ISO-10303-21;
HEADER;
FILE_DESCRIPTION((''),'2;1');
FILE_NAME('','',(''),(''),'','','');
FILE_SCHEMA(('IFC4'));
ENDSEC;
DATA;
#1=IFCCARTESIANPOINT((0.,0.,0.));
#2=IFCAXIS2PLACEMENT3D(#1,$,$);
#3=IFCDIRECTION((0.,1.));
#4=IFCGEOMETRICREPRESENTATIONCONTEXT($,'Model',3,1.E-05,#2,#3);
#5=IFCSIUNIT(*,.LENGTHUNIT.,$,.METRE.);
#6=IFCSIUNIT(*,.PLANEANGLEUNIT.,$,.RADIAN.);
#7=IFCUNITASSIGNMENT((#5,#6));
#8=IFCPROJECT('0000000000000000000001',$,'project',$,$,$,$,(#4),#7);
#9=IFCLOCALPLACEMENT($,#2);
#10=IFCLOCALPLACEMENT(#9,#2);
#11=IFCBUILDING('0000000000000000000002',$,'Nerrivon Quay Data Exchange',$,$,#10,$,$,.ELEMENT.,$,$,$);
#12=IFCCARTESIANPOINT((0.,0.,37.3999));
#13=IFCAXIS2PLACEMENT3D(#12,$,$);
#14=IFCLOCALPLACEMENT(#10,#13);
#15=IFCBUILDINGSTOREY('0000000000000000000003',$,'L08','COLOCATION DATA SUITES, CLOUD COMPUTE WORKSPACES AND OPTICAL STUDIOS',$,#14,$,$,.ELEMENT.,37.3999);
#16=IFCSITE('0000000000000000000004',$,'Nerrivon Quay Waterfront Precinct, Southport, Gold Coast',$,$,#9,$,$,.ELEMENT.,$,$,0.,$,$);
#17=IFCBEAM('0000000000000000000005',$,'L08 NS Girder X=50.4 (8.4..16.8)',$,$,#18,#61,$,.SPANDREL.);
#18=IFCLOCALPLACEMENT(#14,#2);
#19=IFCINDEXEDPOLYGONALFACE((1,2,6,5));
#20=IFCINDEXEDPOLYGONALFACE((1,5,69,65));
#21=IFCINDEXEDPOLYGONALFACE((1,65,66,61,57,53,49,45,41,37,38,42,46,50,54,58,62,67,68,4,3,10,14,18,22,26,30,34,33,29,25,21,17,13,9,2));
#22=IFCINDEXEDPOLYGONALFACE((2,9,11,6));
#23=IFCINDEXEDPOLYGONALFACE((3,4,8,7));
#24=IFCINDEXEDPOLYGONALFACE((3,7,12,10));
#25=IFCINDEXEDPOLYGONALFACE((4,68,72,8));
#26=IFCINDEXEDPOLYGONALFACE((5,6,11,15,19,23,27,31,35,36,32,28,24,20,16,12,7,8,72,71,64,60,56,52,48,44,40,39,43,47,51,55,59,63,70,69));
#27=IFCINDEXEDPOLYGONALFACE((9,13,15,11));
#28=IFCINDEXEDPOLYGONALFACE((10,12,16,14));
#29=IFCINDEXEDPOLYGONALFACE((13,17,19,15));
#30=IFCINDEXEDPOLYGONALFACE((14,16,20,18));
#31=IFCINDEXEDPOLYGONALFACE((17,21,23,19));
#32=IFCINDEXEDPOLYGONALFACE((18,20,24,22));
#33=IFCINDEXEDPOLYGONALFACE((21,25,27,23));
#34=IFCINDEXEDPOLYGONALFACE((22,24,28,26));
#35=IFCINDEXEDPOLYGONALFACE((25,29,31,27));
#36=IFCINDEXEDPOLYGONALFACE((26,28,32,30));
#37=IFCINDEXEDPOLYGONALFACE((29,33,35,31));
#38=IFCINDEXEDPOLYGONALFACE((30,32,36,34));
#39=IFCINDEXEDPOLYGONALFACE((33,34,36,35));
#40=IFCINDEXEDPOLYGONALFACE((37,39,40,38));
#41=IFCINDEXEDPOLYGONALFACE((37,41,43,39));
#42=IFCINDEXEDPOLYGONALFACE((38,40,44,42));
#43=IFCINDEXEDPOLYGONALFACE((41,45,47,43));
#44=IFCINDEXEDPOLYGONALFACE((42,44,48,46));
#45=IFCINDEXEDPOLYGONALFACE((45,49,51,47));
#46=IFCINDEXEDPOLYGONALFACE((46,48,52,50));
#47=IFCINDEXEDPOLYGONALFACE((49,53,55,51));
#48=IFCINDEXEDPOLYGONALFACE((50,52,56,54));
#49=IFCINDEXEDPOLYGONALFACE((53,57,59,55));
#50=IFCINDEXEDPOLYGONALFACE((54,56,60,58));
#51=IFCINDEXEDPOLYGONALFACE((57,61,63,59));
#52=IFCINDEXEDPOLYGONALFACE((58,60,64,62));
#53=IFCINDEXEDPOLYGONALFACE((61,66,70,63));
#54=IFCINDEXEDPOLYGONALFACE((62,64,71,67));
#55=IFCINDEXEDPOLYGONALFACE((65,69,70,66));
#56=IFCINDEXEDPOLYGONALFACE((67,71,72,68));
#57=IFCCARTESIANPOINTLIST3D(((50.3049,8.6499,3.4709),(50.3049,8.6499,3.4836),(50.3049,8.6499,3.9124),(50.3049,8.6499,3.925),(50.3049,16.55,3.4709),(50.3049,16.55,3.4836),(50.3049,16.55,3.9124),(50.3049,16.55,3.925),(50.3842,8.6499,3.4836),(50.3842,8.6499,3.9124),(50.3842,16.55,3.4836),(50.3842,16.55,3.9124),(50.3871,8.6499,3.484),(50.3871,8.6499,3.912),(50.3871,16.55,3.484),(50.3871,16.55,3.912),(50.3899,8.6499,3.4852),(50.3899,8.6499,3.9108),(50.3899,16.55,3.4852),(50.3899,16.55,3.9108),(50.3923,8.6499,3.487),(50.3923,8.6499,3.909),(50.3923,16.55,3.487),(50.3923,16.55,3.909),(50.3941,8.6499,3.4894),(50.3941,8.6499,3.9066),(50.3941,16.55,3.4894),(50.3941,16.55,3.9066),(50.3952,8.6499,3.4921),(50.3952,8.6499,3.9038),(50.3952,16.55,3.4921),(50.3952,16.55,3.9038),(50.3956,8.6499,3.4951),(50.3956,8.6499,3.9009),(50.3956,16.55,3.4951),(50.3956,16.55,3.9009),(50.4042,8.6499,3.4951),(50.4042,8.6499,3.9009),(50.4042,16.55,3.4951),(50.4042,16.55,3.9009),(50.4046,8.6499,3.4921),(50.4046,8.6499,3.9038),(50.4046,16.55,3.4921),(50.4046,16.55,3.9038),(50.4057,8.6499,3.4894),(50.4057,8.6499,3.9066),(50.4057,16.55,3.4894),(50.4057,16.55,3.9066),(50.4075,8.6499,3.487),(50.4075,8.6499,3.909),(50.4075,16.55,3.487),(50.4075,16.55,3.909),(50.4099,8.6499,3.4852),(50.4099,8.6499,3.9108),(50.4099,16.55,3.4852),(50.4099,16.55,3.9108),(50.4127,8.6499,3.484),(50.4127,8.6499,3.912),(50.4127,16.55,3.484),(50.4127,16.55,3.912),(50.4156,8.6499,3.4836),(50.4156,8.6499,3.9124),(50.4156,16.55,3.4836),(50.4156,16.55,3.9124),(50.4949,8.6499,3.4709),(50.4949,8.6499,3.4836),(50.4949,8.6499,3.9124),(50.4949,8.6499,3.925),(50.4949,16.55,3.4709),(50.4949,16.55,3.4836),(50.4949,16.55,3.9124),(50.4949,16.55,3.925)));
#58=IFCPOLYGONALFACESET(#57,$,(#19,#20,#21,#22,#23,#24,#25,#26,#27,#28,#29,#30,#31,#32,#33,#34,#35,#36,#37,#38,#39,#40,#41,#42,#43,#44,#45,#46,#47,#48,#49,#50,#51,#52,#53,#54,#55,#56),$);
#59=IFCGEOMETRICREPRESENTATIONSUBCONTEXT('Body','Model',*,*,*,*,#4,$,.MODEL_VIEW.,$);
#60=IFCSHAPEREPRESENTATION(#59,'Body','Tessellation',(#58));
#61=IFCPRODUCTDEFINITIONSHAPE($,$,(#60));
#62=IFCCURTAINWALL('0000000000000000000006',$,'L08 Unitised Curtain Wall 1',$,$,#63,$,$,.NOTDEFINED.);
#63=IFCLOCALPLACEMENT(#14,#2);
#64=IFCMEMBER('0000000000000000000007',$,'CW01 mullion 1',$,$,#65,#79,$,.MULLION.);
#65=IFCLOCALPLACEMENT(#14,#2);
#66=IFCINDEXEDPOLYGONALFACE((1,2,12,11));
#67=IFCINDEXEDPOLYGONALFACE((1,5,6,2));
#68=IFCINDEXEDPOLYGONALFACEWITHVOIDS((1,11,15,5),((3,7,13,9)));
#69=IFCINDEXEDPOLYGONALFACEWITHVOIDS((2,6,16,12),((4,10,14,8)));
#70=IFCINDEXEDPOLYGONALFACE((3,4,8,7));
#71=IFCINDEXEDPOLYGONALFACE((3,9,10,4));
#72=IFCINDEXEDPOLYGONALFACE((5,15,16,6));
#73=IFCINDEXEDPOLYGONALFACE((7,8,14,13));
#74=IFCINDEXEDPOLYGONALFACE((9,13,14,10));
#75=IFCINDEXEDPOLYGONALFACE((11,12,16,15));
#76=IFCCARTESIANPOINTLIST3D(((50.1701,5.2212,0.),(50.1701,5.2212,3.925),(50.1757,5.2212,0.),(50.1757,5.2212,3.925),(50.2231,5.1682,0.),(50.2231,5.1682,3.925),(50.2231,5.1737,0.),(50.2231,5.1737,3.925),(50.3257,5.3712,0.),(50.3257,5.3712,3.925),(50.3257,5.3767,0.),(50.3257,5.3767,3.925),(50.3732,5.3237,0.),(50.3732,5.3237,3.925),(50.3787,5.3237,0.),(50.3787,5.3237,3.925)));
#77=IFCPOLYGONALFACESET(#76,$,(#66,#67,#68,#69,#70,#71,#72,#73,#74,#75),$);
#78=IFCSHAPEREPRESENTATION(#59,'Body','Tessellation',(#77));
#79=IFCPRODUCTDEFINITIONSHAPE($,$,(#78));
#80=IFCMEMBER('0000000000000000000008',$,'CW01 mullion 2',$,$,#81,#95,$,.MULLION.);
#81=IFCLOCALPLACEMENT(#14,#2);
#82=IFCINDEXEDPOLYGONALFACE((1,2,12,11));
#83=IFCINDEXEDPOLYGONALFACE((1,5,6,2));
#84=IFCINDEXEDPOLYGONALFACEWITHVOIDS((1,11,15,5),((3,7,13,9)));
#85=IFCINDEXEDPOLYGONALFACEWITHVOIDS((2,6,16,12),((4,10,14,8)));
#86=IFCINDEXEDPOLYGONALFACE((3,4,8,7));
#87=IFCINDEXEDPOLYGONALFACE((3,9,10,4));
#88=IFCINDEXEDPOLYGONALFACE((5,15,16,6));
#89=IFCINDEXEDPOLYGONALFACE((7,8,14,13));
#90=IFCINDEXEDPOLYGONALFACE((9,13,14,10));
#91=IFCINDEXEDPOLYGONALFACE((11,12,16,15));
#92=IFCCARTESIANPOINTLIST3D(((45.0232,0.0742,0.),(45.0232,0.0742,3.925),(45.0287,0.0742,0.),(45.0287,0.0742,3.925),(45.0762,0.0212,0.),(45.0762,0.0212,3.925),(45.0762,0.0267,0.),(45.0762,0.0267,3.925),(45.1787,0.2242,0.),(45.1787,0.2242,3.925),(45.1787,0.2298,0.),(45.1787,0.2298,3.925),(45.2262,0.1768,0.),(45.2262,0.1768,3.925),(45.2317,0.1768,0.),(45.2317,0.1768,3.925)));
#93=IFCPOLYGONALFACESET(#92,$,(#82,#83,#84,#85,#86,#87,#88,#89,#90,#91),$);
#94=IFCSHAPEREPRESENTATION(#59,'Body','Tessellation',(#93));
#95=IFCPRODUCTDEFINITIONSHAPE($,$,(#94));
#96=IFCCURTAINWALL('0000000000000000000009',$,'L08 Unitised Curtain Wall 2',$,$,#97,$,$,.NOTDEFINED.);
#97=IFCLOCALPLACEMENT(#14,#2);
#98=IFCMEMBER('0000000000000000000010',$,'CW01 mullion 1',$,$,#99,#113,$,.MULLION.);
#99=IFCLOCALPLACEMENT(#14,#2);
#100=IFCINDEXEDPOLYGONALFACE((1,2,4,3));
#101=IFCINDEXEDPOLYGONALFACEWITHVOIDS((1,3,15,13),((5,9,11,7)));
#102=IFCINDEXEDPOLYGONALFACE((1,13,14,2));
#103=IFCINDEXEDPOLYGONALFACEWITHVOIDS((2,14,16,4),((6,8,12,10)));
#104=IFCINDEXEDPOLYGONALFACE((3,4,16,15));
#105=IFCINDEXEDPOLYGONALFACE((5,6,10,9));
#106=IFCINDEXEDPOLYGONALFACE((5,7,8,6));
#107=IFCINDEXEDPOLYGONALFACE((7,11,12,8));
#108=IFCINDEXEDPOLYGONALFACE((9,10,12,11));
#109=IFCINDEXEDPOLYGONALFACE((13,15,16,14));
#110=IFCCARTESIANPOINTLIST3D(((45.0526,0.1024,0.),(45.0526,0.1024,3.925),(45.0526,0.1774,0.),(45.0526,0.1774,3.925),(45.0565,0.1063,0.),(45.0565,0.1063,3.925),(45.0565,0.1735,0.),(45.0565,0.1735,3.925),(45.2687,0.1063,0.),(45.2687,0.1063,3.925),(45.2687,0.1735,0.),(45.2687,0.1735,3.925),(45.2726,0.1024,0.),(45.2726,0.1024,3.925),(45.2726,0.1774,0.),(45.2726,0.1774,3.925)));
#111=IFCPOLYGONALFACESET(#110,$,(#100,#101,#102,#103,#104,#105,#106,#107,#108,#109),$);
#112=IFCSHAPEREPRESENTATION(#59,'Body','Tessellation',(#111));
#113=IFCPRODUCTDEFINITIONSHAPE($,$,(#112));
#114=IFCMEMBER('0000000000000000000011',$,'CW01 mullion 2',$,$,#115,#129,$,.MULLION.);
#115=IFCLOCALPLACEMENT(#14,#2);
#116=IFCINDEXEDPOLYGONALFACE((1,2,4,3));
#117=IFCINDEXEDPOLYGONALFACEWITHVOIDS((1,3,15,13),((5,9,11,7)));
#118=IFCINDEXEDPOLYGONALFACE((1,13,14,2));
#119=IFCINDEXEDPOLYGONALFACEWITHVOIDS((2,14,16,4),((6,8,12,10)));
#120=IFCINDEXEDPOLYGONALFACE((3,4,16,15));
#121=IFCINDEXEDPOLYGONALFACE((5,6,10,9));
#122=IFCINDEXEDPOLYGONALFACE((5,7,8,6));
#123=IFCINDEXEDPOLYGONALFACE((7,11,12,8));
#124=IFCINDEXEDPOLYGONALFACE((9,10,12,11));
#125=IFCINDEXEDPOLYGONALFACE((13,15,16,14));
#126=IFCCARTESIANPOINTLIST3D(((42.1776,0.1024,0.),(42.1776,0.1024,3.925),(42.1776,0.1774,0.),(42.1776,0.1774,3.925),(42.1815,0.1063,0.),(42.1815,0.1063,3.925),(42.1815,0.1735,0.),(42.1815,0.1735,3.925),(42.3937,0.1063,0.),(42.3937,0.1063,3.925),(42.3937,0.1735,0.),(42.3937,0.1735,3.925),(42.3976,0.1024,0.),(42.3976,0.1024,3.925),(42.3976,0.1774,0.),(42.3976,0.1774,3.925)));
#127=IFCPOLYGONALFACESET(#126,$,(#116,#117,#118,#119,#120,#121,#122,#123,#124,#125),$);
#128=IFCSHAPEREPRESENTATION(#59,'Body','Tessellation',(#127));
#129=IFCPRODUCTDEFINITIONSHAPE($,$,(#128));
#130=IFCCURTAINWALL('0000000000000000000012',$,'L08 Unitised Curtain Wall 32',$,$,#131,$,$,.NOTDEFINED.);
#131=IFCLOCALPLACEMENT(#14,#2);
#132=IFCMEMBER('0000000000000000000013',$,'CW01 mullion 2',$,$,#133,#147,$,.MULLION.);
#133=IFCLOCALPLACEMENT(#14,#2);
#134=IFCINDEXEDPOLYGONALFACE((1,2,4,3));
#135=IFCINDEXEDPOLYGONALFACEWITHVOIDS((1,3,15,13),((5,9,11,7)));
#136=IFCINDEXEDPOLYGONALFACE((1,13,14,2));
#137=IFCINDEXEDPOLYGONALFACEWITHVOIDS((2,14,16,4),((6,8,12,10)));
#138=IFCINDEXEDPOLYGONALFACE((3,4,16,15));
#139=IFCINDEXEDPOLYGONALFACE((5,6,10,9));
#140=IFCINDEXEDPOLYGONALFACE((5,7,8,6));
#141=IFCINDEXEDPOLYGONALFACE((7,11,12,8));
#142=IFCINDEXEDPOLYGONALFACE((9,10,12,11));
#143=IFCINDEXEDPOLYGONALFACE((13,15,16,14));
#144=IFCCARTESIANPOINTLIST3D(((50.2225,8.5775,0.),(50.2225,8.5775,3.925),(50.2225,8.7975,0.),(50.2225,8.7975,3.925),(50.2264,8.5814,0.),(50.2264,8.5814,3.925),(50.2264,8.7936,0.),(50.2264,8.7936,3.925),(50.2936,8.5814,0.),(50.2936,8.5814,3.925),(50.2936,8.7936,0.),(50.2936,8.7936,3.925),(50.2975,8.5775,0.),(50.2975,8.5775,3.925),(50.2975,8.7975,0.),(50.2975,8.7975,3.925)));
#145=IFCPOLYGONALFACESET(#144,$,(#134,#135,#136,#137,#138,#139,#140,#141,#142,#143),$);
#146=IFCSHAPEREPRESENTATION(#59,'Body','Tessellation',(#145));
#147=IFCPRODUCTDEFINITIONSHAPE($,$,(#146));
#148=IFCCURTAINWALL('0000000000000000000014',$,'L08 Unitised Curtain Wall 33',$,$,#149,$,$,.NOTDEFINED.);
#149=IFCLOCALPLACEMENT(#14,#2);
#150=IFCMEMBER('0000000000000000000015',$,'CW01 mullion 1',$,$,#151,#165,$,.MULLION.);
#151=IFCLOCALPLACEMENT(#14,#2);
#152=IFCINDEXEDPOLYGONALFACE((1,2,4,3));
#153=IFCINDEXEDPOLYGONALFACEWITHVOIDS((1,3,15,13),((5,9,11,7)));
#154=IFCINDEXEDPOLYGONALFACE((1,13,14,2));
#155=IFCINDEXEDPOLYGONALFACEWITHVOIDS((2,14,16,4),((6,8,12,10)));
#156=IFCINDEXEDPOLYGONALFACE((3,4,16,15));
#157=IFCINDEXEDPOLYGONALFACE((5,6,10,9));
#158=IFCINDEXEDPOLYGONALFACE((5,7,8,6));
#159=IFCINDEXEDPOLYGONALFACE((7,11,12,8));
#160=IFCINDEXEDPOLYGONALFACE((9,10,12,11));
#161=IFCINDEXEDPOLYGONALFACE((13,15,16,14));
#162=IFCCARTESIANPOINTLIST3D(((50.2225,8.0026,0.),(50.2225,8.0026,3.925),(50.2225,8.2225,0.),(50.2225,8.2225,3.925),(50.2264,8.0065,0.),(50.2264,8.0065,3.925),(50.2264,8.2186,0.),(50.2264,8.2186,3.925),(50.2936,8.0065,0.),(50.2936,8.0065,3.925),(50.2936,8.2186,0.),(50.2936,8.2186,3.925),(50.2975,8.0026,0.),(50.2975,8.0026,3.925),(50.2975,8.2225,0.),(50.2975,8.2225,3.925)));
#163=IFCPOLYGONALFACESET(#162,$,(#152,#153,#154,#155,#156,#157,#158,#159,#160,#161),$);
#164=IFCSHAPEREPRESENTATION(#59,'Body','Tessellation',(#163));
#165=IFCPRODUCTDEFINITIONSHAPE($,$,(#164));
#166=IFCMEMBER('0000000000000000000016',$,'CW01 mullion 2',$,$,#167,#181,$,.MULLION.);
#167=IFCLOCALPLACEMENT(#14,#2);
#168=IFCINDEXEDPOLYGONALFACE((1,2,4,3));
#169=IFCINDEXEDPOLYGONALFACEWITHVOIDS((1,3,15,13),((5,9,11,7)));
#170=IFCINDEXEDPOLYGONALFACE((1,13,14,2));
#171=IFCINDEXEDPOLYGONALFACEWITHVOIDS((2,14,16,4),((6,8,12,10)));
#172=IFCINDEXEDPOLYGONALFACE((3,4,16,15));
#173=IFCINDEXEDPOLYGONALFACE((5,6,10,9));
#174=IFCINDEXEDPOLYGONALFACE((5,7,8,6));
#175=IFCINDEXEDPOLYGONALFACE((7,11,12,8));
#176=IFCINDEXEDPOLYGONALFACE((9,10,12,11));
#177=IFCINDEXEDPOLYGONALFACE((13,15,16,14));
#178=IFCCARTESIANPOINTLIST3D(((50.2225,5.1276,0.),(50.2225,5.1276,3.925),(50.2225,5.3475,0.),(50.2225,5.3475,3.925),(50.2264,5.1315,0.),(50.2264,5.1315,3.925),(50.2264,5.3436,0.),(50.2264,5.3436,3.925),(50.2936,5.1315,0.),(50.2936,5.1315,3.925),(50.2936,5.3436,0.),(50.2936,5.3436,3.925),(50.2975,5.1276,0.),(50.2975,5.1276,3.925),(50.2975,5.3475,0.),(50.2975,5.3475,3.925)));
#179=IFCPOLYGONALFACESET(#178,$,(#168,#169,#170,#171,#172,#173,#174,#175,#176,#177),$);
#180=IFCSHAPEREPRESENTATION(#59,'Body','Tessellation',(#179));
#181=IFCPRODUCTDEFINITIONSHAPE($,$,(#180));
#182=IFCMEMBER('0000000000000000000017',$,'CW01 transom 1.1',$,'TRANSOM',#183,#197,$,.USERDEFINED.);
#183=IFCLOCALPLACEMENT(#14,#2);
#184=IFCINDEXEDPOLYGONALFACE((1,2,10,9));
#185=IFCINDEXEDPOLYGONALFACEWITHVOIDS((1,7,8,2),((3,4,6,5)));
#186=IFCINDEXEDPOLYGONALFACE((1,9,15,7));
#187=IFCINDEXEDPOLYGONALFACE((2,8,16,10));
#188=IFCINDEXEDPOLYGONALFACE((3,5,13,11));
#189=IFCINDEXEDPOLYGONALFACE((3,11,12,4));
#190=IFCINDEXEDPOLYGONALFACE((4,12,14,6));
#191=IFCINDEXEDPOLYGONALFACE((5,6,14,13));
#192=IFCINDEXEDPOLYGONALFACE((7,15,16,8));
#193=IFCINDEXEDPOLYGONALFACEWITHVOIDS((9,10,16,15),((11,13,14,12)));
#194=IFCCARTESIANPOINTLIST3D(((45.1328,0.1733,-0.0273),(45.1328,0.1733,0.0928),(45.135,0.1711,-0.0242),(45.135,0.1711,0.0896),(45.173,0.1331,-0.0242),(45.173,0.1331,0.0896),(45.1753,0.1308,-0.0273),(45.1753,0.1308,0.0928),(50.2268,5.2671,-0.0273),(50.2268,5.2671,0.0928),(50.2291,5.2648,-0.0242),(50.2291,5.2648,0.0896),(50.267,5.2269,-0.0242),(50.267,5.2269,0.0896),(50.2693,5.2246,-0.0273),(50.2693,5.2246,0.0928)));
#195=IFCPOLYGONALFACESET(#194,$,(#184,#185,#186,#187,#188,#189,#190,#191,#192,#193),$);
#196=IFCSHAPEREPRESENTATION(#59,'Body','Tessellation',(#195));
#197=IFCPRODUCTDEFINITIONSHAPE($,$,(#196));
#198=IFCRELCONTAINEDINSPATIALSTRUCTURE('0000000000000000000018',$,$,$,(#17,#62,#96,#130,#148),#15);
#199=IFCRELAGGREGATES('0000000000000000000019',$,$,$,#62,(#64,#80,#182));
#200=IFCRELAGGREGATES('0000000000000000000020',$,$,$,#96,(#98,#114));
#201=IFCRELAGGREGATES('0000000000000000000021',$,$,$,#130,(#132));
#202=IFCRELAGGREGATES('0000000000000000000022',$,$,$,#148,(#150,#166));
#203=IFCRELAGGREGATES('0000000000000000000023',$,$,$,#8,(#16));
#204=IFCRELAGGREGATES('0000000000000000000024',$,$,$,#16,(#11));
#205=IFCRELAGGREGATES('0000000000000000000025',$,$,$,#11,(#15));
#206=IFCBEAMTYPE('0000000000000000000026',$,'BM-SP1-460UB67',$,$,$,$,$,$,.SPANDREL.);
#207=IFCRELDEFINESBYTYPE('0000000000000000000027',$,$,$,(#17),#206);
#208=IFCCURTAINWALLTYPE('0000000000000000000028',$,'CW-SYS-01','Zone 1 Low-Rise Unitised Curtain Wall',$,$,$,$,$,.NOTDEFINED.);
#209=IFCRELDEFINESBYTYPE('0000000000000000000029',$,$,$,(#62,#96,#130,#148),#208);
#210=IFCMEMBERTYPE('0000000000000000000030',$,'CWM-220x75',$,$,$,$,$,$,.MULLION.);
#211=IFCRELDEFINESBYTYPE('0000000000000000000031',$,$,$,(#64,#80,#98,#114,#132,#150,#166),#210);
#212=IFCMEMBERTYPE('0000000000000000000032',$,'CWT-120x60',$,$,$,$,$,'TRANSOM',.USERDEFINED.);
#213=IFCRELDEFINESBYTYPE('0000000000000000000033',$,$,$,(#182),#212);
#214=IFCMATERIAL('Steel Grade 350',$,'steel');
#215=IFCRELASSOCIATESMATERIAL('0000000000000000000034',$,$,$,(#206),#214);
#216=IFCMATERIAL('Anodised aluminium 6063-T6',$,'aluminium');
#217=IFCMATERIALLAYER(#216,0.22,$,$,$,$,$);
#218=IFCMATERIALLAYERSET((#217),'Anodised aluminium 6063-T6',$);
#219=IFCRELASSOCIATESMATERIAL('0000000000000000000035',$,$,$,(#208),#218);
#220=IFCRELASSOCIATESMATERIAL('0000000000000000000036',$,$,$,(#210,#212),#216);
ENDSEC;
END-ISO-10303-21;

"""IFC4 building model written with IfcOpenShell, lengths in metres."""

from ifc_helpers import new_model, si_unit, direction, frame, origin, origin_2d, place, context, subcontext, project, spatial, hollow_rectangle, i_section, extrude, material, layer, layer_set, material_profile, profile_set, type_object, element, aggregate, save


model = new_model("IFC4")

# Units and contexts
model_context = context("Model", 3, precision=1e-05, world=origin(), true_north=direction((0.0, 1.0)))
body_context = subcontext(model_context, "Body", "Model", "MODEL_VIEW")
ifc_project = project(units=[si_unit("LENGTHUNIT", "METRE"), si_unit("PLANEANGLEUNIT", "RADIAN")], contexts=[model_context])

# Site, building, storey
site_placement = place(None, origin())
site = spatial("IfcSite", under=ifc_project, at=site_placement, Name="Nerrivon Quay Waterfront Precinct, Southport, Gold Coast", CompositionType="ELEMENT", RefElevation=0.0)
building_placement = place(site_placement, origin())
building = spatial("IfcBuilding", under=site, at=building_placement, Name="Nerrivon Quay Data Exchange", CompositionType="ELEMENT")
storey_placement = place(building_placement, frame((0.0, 0.0, 37.3999)))
storey = spatial("IfcBuildingStorey", under=building, at=storey_placement, Name="L08", Description="COLOCATION DATA SUITES, CLOUD COMPUTE WORKSPACES AND OPTICAL STUDIOS", CompositionType="ELEMENT", Elevation=37.3999)

# Shared definitions
ifc_material_1 = material(Name="Steel Grade 350", Category="steel")

# Beam
ifc_material_profile_1 = material_profile(ifc_material_1, i_section(OverallWidth=0.1899, OverallDepth=0.4541, WebThickness=0.0085, FlangeThickness=0.0127, FilletRadius=0.0115, at=origin_2d()), Name="460UB67.1")
ifc_profile_set_1 = profile_set([ifc_material_profile_1], Name="Steel Grade 350")
beam_type_1 = type_object("IfcBeamType", Name="BM-SP1-460UB67", PredefinedType="SPANDREL", material=ifc_profile_set_1)
beam_1_placement = place(storey_placement, frame((50.3999, 8.6499, 3.698), z_axis=(0.0, 1.0, 0.0), x_axis=(-1.0, 0.0, 0.0)))
element("IfcBeam", 1, at=beam_1_placement, inside=storey, type_object=beam_type_1, Name="L08 NS Girder X=50.4 (8.4..16.8)", PredefinedType="SPANDREL", context=body_context, shape_type="SweptSolid", body=[
    extrude(i_section(OverallWidth=0.1899, OverallDepth=0.4541, WebThickness=0.0085, FlangeThickness=0.0127, FilletRadius=0.0115, at=origin_2d()), origin(), (0.0, 0.0, 1.0), 7.9001),
])

# Curtain walls, members
ifc_material_2 = material(Name="Anodised aluminium 6063-T6", Category="aluminium")
ifc_layer_1 = layer(ifc_material_2, 0.22)
ifc_layer_set_1 = layer_set([ifc_layer_1], Name="Anodised aluminium 6063-T6")
curtain_wall_type = type_object("IfcCurtainWallType", Name="CW-SYS-01", Description="Zone 1 Low-Rise Unitised Curtain Wall", PredefinedType="NOTDEFINED", material=ifc_layer_set_1)
curtain_wall_1_placement = place(storey_placement, origin())
curtain_wall_1 = element("IfcCurtainWall", 2, at=curtain_wall_1_placement, inside=storey, type_object=curtain_wall_type, Name="L08 Unitised Curtain Wall 1", PredefinedType="NOTDEFINED")
ifc_material_profile_2 = material_profile(ifc_material_2, hollow_rectangle(XDim=0.075, YDim=0.22, WallThickness=0.0039, at=origin_2d()), Name="ALU-MULL-220x75")
ifc_profile_set_2 = profile_set([ifc_material_profile_2], Name="Anodised aluminium 6063-T6")
member_type_1 = type_object("IfcMemberType", Name="CWM-220x75", PredefinedType="MULLION", material=ifc_profile_set_2)
member_1_placement = place(storey_placement, frame((50.2744, 5.2725, 0.0), z_axis=(0.0, 0.0, 1.0), x_axis=(0.707107, -0.707107, 0.0)))
member_1 = element("IfcMember", 3, at=member_1_placement, type_object=member_type_1, Name="CW01 mullion 1", PredefinedType="MULLION", context=body_context, shape_type="SweptSolid", body=[
    extrude(hollow_rectangle(XDim=0.075, YDim=0.22, WallThickness=0.0039, at=origin_2d()), origin(), (0.0, 0.0, 1.0), 3.925),
])
member_2_placement = place(storey_placement, frame((45.1274, 0.1255, 0.0), z_axis=(0.0, 0.0, 1.0), x_axis=(0.707107, -0.707107, 0.0)))
member_2 = element("IfcMember", 4, at=member_2_placement, type_object=member_type_1, Name="CW01 mullion 2", PredefinedType="MULLION", context=body_context, shape_type="SweptSolid", body=[
    extrude(hollow_rectangle(XDim=0.075, YDim=0.22, WallThickness=0.0039, at=origin_2d()), origin(), (0.0, 0.0, 1.0), 3.925),
])
curtain_wall_2_placement = place(storey_placement, origin())
curtain_wall_2 = element("IfcCurtainWall", 5, at=curtain_wall_2_placement, inside=storey, type_object=curtain_wall_type, Name="L08 Unitised Curtain Wall 2", PredefinedType="NOTDEFINED")
member_3_placement = place(storey_placement, frame((45.1626, 0.1399, 0.0), z_axis=(0.0, 0.0, 1.0), x_axis=(0.0, -1.0, 0.0)))
member_3 = element("IfcMember", 6, at=member_3_placement, type_object=member_type_1, Name="CW01 mullion 1", PredefinedType="MULLION", context=body_context, shape_type="SweptSolid", body=[
    extrude(hollow_rectangle(XDim=0.075, YDim=0.22, WallThickness=0.0039, at=origin_2d()), origin(), (0.0, 0.0, 1.0), 3.925),
])
member_4_placement = place(storey_placement, frame((42.2876, 0.1399, 0.0), z_axis=(0.0, 0.0, 1.0), x_axis=(0.0, -1.0, 0.0)))
member_4 = element("IfcMember", 7, at=member_4_placement, type_object=member_type_1, Name="CW01 mullion 2", PredefinedType="MULLION", context=body_context, shape_type="SweptSolid", body=[
    extrude(hollow_rectangle(XDim=0.075, YDim=0.22, WallThickness=0.0039, at=origin_2d()), origin(), (0.0, 0.0, 1.0), 3.925),
])

# Curtain wall, member
curtain_wall_3_placement = place(storey_placement, origin())
curtain_wall_3 = element("IfcCurtainWall", 8, at=curtain_wall_3_placement, inside=storey, type_object=curtain_wall_type, Name="L08 Unitised Curtain Wall 32", PredefinedType="NOTDEFINED")
member_5_placement = place(storey_placement, frame((50.26, 8.6875, 0.0), z_axis=(0.0, 0.0, 1.0), x_axis=(1.0, 0.0, 0.0)))
member_5 = element("IfcMember", 9, at=member_5_placement, type_object=member_type_1, Name="CW01 mullion 2", PredefinedType="MULLION", context=body_context, shape_type="SweptSolid", body=[
    extrude(hollow_rectangle(XDim=0.075, YDim=0.22, WallThickness=0.0039, at=origin_2d()), origin(), (0.0, 0.0, 1.0), 3.925),
])

# Curtain wall, members
curtain_wall_4_placement = place(storey_placement, origin())
curtain_wall_4 = element("IfcCurtainWall", 10, at=curtain_wall_4_placement, inside=storey, type_object=curtain_wall_type, Name="L08 Unitised Curtain Wall 33", PredefinedType="NOTDEFINED")
member_6_placement = place(storey_placement, frame((50.26, 8.1125, 0.0), z_axis=(0.0, 0.0, 1.0), x_axis=(1.0, 0.0, 0.0)))
member_6 = element("IfcMember", 11, at=member_6_placement, type_object=member_type_1, Name="CW01 mullion 1", PredefinedType="MULLION", context=body_context, shape_type="SweptSolid", body=[
    extrude(hollow_rectangle(XDim=0.075, YDim=0.22, WallThickness=0.0039, at=origin_2d()), origin(), (0.0, 0.0, 1.0), 3.925),
])
member_7_placement = place(storey_placement, frame((50.26, 5.2375, 0.0), z_axis=(0.0, 0.0, 1.0), x_axis=(1.0, 0.0, 0.0)))
member_7 = element("IfcMember", 12, at=member_7_placement, type_object=member_type_1, Name="CW01 mullion 2", PredefinedType="MULLION", context=body_context, shape_type="SweptSolid", body=[
    extrude(hollow_rectangle(XDim=0.075, YDim=0.22, WallThickness=0.0039, at=origin_2d()), origin(), (0.0, 0.0, 1.0), 3.925),
])

# Member
ifc_material_profile_3 = material_profile(ifc_material_2, hollow_rectangle(XDim=0.0601, YDim=0.1201, WallThickness=0.0032, at=origin_2d()), Name="ALU-TRAN-120x60")
ifc_profile_set_3 = profile_set([ifc_material_profile_3], Name="Anodised aluminium 6063-T6")
member_type_2 = type_object("IfcMemberType", Name="CWT-120x60", ElementType="TRANSOM", PredefinedType="USERDEFINED", material=ifc_profile_set_3)
member_8_placement = place(storey_placement, frame((50.248, 5.2458, 0.0327), z_axis=(-0.707124, -0.70709, 0.0), x_axis=(0.70709, -0.707124, 0.0)))
member_8 = element("IfcMember", 13, at=member_8_placement, type_object=member_type_2, Name="CW01 transom 1.1", ObjectType="TRANSOM", PredefinedType="USERDEFINED", context=body_context, shape_type="SweptSolid", body=[
    extrude(hollow_rectangle(XDim=0.0601, YDim=0.1201, WallThickness=0.0032, at=origin_2d()), origin(), (0.0, 0.0, 1.0), 7.2039),
])

aggregate(curtain_wall_1, [member_1, member_2, member_8])
aggregate(curtain_wall_2, [member_3, member_4])
aggregate(curtain_wall_3, [member_5])
aggregate(curtain_wall_4, [member_6, member_7])

save(model, "model.ifc")
